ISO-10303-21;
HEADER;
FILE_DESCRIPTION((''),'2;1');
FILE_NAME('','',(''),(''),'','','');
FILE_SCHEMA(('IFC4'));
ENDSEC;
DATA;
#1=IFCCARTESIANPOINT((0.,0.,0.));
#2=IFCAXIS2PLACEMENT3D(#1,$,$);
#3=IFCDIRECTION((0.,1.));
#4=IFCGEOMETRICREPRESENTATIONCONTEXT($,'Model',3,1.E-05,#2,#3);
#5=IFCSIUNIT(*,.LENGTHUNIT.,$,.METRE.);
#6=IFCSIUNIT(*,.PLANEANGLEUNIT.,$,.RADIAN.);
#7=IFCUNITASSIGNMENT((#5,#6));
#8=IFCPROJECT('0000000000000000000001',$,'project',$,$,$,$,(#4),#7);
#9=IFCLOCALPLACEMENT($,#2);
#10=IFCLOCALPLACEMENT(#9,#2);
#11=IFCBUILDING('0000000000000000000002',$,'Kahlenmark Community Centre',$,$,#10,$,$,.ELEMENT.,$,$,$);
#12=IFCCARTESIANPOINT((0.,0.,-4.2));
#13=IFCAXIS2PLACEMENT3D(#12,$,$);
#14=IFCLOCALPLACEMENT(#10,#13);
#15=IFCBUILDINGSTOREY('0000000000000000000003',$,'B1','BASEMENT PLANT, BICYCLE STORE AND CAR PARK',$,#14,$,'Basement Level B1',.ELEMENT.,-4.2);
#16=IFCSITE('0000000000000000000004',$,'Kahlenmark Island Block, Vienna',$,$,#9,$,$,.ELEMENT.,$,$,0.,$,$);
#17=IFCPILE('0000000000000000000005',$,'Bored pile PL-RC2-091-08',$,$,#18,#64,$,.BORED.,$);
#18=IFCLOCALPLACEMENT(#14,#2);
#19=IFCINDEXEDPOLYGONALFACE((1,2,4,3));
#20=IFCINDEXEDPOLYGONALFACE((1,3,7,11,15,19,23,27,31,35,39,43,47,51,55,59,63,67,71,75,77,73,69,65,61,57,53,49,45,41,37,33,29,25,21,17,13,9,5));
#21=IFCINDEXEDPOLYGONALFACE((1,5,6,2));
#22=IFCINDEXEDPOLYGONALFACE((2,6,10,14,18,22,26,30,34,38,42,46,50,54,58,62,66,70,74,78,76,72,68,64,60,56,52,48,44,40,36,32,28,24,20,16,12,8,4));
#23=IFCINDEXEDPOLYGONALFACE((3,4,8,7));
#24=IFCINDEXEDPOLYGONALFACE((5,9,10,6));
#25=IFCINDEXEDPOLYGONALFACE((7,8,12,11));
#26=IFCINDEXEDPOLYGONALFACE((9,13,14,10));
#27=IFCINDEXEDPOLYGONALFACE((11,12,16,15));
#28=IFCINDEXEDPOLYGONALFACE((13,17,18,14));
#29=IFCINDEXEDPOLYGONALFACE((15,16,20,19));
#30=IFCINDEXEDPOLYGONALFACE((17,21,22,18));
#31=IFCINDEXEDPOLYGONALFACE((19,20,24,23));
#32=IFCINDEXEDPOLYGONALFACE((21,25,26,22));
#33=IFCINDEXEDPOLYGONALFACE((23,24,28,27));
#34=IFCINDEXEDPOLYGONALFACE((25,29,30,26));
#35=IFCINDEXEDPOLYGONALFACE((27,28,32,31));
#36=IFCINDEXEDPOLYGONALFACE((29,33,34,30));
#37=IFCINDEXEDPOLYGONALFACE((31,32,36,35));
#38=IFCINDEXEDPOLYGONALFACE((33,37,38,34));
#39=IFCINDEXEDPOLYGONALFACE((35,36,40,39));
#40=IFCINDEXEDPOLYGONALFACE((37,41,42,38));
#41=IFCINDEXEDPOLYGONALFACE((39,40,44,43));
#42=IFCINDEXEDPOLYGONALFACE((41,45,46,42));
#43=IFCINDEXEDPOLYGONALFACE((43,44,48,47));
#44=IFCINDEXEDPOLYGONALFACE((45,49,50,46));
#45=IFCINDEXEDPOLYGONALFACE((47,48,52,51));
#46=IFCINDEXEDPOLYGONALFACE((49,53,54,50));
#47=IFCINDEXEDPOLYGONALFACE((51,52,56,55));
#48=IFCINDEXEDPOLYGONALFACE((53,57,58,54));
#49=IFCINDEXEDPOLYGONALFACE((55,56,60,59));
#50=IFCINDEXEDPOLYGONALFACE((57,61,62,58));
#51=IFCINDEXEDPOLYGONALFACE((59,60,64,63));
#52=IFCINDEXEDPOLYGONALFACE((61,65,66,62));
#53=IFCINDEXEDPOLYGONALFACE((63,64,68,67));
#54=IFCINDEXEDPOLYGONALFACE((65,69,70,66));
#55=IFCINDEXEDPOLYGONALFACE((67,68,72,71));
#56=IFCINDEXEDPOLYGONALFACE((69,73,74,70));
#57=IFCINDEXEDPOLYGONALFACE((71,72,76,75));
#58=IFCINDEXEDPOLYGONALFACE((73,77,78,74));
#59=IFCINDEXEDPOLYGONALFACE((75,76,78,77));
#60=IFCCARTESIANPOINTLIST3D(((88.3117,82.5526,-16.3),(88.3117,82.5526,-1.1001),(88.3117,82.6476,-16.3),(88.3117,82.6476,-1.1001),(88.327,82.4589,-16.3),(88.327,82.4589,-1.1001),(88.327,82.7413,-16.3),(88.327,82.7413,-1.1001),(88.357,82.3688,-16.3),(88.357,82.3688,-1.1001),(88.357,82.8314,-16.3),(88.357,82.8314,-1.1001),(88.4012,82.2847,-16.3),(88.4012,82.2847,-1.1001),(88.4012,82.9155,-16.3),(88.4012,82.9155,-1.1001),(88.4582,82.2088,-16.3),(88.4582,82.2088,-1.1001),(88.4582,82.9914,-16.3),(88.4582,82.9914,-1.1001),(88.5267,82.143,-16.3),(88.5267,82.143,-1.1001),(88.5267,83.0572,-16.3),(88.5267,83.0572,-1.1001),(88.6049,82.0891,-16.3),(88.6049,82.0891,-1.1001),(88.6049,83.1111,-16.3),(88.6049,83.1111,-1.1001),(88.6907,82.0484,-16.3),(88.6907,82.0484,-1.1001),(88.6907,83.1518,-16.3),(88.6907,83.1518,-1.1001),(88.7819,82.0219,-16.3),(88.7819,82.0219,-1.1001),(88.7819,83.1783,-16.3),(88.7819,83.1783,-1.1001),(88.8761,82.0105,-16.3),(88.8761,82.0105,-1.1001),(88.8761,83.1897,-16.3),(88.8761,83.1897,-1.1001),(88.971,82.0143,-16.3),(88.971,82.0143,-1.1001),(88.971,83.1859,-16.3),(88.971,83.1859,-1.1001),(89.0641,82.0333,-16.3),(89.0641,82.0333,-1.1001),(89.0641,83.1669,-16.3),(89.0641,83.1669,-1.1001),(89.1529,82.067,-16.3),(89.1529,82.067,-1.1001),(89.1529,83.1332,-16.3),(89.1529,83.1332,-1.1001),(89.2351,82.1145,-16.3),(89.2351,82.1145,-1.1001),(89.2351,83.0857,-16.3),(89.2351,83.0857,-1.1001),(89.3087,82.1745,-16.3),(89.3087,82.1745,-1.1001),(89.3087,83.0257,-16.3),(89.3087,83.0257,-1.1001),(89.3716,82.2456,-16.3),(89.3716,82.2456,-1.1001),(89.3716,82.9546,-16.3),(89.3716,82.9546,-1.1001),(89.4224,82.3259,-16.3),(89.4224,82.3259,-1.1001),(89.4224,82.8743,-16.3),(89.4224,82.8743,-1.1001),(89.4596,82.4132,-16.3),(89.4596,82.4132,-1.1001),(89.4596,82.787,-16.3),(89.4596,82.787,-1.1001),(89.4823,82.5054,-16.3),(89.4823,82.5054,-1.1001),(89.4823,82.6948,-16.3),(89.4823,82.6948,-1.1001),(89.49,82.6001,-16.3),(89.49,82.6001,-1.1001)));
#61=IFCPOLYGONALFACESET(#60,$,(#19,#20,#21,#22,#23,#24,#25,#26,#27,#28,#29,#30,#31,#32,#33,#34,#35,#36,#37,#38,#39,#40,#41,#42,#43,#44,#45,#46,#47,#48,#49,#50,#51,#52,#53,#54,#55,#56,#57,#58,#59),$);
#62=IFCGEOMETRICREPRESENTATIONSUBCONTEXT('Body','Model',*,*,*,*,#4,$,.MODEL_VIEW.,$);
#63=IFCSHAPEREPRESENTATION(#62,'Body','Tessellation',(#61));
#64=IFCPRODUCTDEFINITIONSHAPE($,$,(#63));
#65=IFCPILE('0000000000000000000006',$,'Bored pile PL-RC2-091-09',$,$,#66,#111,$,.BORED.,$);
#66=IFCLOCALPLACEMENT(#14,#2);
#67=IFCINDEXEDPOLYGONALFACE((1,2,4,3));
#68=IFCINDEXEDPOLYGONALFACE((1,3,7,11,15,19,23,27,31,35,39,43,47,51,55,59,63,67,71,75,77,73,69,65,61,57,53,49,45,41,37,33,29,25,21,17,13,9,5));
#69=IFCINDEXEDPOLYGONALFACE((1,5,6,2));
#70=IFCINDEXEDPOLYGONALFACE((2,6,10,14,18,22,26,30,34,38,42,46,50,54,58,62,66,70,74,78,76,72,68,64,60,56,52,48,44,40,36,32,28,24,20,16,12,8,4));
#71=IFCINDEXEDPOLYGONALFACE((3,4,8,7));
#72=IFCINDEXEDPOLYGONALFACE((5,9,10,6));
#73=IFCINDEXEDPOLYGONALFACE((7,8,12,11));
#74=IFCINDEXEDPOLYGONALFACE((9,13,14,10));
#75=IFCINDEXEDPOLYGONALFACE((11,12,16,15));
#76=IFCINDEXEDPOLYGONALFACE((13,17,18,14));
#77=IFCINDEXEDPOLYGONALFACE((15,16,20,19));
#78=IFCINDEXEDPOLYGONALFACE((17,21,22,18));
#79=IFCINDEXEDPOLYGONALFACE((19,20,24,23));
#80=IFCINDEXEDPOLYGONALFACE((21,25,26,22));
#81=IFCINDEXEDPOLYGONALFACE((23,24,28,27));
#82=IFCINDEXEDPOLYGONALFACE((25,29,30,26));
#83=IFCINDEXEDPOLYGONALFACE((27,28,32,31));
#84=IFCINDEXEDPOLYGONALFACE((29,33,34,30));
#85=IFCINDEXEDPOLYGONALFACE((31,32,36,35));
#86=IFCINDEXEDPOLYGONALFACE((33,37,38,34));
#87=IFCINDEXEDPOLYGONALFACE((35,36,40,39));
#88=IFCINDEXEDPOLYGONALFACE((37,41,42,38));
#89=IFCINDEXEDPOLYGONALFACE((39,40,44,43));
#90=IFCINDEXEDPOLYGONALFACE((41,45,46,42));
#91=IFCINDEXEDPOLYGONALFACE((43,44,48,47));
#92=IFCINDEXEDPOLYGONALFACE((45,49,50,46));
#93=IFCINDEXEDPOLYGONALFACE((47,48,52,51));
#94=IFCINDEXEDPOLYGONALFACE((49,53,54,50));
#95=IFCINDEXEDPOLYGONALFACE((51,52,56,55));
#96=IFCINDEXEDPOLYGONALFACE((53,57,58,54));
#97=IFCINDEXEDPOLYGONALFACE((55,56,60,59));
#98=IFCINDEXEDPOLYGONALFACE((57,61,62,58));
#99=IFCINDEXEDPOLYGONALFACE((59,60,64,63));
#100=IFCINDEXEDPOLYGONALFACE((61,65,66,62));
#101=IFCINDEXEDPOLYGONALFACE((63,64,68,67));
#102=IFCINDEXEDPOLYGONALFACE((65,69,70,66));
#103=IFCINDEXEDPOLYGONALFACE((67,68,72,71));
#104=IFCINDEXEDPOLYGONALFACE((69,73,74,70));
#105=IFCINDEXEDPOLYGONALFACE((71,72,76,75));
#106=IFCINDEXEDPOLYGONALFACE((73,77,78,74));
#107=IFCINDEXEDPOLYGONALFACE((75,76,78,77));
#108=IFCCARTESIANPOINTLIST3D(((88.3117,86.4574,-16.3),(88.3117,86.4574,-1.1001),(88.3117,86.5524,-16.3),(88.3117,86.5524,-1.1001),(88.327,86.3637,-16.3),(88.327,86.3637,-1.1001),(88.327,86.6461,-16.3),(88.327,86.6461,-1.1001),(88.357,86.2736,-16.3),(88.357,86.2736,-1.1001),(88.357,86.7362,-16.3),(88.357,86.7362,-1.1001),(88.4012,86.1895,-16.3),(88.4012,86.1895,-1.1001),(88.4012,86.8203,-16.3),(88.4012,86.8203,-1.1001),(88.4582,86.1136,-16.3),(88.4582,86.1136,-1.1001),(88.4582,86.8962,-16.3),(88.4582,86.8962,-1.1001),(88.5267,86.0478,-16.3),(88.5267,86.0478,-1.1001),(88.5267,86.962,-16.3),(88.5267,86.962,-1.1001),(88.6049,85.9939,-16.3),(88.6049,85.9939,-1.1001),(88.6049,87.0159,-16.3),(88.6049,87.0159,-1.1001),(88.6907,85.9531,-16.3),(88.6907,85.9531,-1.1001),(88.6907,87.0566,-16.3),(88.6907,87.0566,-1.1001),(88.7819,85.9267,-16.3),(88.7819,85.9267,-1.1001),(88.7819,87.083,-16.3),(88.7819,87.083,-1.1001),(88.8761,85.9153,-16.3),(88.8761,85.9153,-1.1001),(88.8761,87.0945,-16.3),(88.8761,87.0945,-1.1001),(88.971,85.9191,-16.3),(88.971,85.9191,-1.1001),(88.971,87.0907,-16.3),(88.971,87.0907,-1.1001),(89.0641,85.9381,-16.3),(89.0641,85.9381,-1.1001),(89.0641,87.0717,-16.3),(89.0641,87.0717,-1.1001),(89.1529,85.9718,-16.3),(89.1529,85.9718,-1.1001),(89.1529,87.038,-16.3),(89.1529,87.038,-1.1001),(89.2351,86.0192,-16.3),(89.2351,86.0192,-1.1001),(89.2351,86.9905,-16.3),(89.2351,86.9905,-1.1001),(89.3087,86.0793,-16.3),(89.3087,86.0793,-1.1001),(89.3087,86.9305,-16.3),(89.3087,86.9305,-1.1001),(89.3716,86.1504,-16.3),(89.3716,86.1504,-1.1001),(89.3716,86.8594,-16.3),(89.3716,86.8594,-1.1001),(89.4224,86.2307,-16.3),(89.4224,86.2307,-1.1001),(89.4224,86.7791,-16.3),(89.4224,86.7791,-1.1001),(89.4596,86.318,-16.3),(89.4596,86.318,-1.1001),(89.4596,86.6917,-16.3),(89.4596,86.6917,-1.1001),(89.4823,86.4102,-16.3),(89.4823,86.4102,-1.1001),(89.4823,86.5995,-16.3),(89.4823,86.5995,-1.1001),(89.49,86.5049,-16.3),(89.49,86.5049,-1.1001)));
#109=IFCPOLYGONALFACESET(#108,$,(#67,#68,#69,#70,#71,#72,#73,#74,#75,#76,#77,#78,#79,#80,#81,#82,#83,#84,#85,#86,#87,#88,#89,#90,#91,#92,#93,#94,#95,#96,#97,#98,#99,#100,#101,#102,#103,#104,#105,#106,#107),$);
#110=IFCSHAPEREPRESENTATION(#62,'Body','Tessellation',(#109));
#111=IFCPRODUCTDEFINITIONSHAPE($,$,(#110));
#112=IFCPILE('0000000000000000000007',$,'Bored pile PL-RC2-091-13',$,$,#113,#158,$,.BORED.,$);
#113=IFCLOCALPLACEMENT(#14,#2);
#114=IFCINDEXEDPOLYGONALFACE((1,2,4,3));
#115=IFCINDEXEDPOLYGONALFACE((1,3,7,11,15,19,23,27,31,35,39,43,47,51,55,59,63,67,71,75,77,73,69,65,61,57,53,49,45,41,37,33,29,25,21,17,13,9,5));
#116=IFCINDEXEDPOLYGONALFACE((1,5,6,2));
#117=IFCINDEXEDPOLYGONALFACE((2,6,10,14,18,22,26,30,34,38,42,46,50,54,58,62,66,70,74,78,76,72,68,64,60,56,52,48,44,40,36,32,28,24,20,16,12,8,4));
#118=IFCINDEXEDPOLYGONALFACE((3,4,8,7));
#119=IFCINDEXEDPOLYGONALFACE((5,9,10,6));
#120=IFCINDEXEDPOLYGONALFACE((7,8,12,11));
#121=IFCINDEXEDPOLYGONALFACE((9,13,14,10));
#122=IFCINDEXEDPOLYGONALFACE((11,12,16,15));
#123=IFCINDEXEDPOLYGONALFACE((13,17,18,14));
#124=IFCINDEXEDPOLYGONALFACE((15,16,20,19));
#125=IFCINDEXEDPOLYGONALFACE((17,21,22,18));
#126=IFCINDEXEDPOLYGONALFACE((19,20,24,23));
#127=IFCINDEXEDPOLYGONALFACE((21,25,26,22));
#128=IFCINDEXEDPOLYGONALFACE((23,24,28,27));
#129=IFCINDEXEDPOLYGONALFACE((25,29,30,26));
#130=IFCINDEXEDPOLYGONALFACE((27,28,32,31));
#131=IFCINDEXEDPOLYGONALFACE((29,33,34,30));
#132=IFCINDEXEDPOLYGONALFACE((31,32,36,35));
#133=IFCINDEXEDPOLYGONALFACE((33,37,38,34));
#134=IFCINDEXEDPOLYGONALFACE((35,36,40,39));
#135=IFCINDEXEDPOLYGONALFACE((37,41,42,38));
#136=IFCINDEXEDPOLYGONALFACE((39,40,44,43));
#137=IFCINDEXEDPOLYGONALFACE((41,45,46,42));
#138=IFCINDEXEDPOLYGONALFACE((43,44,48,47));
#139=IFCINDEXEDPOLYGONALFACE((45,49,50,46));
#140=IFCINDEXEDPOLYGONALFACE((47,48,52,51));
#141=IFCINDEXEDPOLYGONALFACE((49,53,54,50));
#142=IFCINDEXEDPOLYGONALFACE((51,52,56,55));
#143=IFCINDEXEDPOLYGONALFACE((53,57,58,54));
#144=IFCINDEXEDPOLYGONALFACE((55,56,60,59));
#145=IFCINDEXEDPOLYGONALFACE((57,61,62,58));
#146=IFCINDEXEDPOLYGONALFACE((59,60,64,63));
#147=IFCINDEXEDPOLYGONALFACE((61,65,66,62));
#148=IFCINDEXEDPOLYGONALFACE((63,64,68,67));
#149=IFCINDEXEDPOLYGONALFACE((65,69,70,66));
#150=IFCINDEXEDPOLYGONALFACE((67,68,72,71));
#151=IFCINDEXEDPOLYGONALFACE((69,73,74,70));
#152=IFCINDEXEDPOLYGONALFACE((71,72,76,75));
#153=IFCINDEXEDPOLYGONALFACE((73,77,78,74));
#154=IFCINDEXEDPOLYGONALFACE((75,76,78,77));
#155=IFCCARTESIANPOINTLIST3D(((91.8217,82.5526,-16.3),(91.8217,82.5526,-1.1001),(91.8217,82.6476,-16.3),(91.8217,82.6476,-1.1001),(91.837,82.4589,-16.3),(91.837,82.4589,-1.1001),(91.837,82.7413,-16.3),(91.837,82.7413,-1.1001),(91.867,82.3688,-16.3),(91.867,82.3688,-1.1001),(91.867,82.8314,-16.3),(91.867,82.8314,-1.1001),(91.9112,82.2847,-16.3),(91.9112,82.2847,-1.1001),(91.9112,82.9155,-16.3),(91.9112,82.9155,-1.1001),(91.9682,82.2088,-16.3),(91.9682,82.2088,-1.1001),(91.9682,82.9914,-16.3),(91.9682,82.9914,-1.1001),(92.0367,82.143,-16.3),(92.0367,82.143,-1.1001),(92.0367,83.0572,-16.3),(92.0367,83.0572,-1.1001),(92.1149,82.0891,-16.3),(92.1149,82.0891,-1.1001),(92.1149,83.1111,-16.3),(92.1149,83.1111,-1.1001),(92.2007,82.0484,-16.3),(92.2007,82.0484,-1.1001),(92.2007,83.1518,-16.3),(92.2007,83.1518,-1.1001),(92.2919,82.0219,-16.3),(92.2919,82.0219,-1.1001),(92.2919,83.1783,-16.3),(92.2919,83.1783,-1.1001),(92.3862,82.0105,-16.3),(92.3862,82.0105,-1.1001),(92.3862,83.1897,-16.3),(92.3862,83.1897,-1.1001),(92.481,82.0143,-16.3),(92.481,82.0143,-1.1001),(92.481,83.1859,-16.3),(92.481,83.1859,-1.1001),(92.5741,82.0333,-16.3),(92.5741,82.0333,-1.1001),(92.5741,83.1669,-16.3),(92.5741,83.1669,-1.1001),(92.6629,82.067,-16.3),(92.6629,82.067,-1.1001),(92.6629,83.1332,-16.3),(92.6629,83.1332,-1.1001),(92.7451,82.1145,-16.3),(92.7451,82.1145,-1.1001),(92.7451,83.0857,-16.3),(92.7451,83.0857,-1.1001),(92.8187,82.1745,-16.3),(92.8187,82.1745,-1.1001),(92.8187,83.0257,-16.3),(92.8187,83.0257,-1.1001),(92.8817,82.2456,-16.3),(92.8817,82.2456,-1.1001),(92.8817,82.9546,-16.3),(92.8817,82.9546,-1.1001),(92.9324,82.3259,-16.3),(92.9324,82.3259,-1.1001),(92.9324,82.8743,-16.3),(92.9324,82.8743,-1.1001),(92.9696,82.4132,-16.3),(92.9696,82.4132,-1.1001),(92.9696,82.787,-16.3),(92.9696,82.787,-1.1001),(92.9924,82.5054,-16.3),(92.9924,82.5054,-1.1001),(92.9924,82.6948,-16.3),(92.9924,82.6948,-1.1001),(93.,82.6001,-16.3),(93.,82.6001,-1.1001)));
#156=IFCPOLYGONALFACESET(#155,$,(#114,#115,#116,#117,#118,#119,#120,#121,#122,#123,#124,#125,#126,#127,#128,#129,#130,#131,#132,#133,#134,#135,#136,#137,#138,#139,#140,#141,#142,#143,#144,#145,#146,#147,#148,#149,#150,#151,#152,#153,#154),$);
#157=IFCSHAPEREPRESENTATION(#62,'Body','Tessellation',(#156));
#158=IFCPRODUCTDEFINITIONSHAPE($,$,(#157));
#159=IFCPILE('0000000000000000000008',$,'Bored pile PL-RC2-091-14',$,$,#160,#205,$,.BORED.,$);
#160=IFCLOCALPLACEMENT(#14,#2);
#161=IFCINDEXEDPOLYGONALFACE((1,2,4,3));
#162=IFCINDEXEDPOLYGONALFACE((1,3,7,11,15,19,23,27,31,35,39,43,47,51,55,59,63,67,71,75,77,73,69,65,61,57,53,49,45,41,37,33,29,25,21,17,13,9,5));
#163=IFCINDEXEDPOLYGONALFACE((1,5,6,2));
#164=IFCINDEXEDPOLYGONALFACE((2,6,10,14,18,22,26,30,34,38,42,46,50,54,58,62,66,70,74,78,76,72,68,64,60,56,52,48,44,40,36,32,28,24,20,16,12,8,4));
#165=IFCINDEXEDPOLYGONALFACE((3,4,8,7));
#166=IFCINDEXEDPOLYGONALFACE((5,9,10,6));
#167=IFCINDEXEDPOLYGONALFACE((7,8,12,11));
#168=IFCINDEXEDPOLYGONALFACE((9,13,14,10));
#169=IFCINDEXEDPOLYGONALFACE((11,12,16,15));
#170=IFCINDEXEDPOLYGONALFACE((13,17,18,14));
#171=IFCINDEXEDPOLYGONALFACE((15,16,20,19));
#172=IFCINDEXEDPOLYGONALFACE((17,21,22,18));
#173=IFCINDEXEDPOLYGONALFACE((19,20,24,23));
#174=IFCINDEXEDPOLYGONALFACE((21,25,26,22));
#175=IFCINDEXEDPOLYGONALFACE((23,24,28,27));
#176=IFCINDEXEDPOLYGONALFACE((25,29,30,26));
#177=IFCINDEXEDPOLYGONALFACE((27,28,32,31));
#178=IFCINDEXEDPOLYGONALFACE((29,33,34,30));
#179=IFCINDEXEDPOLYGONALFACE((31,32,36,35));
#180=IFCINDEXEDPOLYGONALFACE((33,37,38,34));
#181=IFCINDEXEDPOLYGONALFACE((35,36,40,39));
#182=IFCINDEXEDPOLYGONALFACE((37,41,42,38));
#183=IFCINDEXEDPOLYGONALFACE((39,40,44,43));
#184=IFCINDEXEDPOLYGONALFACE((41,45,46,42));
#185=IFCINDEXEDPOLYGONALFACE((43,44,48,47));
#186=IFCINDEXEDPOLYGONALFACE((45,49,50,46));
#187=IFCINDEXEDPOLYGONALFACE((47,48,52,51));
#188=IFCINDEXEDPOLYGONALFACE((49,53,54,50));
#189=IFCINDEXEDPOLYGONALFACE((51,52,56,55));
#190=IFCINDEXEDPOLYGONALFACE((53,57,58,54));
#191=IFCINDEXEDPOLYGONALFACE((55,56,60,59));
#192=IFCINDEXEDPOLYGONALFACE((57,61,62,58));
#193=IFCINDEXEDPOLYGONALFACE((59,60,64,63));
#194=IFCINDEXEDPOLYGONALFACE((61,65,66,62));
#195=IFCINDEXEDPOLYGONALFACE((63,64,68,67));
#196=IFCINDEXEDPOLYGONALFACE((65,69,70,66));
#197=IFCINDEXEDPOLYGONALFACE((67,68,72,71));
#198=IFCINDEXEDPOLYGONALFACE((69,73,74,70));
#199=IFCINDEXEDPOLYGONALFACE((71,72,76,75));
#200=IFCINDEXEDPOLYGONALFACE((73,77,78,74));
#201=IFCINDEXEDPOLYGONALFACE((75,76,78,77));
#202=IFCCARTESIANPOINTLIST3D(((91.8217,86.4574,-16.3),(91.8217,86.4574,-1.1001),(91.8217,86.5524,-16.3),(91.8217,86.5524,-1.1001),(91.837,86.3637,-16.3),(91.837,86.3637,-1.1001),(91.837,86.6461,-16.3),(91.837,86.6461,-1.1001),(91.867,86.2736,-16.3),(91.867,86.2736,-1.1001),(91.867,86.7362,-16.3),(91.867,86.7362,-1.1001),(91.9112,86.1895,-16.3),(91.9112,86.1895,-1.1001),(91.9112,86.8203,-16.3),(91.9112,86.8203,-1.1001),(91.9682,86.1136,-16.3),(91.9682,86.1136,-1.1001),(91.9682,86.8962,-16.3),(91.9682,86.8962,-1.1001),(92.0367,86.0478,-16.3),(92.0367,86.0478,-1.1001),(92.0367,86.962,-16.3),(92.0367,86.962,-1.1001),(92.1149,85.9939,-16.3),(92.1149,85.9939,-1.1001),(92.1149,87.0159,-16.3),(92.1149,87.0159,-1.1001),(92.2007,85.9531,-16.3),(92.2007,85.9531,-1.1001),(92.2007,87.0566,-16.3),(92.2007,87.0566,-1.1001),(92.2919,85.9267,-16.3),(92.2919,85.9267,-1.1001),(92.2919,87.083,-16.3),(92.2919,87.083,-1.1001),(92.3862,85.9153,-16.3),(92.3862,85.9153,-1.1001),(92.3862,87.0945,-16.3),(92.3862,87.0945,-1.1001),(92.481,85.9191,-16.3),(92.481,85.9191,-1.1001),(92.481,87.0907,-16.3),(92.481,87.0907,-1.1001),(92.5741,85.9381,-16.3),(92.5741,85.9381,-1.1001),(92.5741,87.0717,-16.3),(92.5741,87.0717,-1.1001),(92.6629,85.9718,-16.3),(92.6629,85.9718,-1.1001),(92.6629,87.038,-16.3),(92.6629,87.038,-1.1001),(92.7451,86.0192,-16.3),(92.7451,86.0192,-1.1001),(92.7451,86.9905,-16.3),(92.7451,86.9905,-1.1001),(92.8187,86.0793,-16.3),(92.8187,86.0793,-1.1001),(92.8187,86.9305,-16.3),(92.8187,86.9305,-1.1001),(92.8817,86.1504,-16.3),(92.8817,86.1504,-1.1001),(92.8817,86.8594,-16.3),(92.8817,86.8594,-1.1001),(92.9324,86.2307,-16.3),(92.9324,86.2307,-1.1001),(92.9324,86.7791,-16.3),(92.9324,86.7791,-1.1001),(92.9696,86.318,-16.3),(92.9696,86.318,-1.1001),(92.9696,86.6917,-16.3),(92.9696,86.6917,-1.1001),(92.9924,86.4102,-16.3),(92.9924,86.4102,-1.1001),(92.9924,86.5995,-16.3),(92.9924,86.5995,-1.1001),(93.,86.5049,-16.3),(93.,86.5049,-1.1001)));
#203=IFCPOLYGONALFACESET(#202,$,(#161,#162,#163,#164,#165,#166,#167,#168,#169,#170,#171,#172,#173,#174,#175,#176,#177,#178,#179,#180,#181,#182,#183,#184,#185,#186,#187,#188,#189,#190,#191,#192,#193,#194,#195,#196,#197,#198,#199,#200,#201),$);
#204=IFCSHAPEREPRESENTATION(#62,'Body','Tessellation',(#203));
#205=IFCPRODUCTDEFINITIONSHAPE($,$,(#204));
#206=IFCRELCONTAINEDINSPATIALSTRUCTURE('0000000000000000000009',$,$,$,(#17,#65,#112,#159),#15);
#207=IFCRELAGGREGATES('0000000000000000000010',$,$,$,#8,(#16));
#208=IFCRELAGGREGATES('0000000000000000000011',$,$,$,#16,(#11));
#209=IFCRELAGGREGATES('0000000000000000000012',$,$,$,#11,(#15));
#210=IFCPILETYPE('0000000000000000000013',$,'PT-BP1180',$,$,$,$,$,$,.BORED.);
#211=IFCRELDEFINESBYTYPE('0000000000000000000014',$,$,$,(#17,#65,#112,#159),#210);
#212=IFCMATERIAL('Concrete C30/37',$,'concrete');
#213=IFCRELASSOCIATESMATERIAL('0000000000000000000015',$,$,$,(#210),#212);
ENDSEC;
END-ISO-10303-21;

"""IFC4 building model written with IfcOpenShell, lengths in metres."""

from ifc_helpers import new_model, si_unit, direction, frame, origin, origin_2d, place, context, subcontext, project, spatial, circle, extrude, material, material_profile, profile_set, type_object, element, save


model = new_model("IFC4")

# Units and contexts
model_context = context("Model", 3, precision=1e-05, world=origin(), true_north=direction((0.0, 1.0)))
body_context = subcontext(model_context, "Body", "Model", "MODEL_VIEW")
ifc_project = project(units=[si_unit("LENGTHUNIT", "METRE"), si_unit("PLANEANGLEUNIT", "RADIAN")], contexts=[model_context])

# Site, building, storey
site_placement = place(None, origin())
site = spatial("IfcSite", under=ifc_project, at=site_placement, Name="Kahlenmark Island Block, Vienna", CompositionType="ELEMENT", RefElevation=0.0)
building_placement = place(site_placement, origin())
building = spatial("IfcBuilding", under=site, at=building_placement, Name="Kahlenmark Community Centre", CompositionType="ELEMENT")
storey_placement = place(building_placement, frame((0.0, 0.0, -4.2)))
storey = spatial("IfcBuildingStorey", under=building, at=storey_placement, Name="B1", Description="BASEMENT PLANT, BICYCLE STORE AND CAR PARK", LongName="Basement Level B1", CompositionType="ELEMENT", Elevation=-4.2)

# Shared definitions
ifc_material_1 = material(Name="Concrete C30/37", Category="concrete")

# Piles
ifc_material_profile_1 = material_profile(ifc_material_1, circle(Radius=0.5901, at=origin_2d()), Name="BORED PILE 1180")
ifc_profile_set_1 = profile_set([ifc_material_profile_1], Name="Concrete C30/37")
pile_type_1 = type_object("IfcPileType", Name="PT-BP1180", PredefinedType="BORED", material=ifc_profile_set_1)
for number, where, z_axis, x_axis, name in (
    (1, (88.8999, 82.6001, -1.1001), (0.0, 0.0, -1.0), (1.0, 0.0, 0.0), "Bored pile PL-RC2-091-08"),
    (2, (88.8999, 86.5049, -1.1001), (0.0, 0.0, -1.0), (1.0, 0.0, 0.0), "Bored pile PL-RC2-091-09"),
    (3, (92.4099, 82.6001, -1.1001), (0.0, 0.0, -1.0), (1.0, 0.0, 0.0), "Bored pile PL-RC2-091-13"),
    (4, (92.4099, 86.5049, -1.1001), (0.0, 0.0, -1.0), (1.0, 0.0, 0.0), "Bored pile PL-RC2-091-14"),
):
    element("IfcPile", number, at=place(storey_placement, frame(where, z_axis=z_axis, x_axis=x_axis)), inside=storey, type_object=pile_type_1, Name=name, PredefinedType="BORED", context=body_context, shape_type="SweptSolid", body=[
        extrude(circle(Radius=0.5901, at=origin_2d()), origin(), (0.0, 0.0, 1.0), 15.2),
    ])

save(model, "model.ifc")
